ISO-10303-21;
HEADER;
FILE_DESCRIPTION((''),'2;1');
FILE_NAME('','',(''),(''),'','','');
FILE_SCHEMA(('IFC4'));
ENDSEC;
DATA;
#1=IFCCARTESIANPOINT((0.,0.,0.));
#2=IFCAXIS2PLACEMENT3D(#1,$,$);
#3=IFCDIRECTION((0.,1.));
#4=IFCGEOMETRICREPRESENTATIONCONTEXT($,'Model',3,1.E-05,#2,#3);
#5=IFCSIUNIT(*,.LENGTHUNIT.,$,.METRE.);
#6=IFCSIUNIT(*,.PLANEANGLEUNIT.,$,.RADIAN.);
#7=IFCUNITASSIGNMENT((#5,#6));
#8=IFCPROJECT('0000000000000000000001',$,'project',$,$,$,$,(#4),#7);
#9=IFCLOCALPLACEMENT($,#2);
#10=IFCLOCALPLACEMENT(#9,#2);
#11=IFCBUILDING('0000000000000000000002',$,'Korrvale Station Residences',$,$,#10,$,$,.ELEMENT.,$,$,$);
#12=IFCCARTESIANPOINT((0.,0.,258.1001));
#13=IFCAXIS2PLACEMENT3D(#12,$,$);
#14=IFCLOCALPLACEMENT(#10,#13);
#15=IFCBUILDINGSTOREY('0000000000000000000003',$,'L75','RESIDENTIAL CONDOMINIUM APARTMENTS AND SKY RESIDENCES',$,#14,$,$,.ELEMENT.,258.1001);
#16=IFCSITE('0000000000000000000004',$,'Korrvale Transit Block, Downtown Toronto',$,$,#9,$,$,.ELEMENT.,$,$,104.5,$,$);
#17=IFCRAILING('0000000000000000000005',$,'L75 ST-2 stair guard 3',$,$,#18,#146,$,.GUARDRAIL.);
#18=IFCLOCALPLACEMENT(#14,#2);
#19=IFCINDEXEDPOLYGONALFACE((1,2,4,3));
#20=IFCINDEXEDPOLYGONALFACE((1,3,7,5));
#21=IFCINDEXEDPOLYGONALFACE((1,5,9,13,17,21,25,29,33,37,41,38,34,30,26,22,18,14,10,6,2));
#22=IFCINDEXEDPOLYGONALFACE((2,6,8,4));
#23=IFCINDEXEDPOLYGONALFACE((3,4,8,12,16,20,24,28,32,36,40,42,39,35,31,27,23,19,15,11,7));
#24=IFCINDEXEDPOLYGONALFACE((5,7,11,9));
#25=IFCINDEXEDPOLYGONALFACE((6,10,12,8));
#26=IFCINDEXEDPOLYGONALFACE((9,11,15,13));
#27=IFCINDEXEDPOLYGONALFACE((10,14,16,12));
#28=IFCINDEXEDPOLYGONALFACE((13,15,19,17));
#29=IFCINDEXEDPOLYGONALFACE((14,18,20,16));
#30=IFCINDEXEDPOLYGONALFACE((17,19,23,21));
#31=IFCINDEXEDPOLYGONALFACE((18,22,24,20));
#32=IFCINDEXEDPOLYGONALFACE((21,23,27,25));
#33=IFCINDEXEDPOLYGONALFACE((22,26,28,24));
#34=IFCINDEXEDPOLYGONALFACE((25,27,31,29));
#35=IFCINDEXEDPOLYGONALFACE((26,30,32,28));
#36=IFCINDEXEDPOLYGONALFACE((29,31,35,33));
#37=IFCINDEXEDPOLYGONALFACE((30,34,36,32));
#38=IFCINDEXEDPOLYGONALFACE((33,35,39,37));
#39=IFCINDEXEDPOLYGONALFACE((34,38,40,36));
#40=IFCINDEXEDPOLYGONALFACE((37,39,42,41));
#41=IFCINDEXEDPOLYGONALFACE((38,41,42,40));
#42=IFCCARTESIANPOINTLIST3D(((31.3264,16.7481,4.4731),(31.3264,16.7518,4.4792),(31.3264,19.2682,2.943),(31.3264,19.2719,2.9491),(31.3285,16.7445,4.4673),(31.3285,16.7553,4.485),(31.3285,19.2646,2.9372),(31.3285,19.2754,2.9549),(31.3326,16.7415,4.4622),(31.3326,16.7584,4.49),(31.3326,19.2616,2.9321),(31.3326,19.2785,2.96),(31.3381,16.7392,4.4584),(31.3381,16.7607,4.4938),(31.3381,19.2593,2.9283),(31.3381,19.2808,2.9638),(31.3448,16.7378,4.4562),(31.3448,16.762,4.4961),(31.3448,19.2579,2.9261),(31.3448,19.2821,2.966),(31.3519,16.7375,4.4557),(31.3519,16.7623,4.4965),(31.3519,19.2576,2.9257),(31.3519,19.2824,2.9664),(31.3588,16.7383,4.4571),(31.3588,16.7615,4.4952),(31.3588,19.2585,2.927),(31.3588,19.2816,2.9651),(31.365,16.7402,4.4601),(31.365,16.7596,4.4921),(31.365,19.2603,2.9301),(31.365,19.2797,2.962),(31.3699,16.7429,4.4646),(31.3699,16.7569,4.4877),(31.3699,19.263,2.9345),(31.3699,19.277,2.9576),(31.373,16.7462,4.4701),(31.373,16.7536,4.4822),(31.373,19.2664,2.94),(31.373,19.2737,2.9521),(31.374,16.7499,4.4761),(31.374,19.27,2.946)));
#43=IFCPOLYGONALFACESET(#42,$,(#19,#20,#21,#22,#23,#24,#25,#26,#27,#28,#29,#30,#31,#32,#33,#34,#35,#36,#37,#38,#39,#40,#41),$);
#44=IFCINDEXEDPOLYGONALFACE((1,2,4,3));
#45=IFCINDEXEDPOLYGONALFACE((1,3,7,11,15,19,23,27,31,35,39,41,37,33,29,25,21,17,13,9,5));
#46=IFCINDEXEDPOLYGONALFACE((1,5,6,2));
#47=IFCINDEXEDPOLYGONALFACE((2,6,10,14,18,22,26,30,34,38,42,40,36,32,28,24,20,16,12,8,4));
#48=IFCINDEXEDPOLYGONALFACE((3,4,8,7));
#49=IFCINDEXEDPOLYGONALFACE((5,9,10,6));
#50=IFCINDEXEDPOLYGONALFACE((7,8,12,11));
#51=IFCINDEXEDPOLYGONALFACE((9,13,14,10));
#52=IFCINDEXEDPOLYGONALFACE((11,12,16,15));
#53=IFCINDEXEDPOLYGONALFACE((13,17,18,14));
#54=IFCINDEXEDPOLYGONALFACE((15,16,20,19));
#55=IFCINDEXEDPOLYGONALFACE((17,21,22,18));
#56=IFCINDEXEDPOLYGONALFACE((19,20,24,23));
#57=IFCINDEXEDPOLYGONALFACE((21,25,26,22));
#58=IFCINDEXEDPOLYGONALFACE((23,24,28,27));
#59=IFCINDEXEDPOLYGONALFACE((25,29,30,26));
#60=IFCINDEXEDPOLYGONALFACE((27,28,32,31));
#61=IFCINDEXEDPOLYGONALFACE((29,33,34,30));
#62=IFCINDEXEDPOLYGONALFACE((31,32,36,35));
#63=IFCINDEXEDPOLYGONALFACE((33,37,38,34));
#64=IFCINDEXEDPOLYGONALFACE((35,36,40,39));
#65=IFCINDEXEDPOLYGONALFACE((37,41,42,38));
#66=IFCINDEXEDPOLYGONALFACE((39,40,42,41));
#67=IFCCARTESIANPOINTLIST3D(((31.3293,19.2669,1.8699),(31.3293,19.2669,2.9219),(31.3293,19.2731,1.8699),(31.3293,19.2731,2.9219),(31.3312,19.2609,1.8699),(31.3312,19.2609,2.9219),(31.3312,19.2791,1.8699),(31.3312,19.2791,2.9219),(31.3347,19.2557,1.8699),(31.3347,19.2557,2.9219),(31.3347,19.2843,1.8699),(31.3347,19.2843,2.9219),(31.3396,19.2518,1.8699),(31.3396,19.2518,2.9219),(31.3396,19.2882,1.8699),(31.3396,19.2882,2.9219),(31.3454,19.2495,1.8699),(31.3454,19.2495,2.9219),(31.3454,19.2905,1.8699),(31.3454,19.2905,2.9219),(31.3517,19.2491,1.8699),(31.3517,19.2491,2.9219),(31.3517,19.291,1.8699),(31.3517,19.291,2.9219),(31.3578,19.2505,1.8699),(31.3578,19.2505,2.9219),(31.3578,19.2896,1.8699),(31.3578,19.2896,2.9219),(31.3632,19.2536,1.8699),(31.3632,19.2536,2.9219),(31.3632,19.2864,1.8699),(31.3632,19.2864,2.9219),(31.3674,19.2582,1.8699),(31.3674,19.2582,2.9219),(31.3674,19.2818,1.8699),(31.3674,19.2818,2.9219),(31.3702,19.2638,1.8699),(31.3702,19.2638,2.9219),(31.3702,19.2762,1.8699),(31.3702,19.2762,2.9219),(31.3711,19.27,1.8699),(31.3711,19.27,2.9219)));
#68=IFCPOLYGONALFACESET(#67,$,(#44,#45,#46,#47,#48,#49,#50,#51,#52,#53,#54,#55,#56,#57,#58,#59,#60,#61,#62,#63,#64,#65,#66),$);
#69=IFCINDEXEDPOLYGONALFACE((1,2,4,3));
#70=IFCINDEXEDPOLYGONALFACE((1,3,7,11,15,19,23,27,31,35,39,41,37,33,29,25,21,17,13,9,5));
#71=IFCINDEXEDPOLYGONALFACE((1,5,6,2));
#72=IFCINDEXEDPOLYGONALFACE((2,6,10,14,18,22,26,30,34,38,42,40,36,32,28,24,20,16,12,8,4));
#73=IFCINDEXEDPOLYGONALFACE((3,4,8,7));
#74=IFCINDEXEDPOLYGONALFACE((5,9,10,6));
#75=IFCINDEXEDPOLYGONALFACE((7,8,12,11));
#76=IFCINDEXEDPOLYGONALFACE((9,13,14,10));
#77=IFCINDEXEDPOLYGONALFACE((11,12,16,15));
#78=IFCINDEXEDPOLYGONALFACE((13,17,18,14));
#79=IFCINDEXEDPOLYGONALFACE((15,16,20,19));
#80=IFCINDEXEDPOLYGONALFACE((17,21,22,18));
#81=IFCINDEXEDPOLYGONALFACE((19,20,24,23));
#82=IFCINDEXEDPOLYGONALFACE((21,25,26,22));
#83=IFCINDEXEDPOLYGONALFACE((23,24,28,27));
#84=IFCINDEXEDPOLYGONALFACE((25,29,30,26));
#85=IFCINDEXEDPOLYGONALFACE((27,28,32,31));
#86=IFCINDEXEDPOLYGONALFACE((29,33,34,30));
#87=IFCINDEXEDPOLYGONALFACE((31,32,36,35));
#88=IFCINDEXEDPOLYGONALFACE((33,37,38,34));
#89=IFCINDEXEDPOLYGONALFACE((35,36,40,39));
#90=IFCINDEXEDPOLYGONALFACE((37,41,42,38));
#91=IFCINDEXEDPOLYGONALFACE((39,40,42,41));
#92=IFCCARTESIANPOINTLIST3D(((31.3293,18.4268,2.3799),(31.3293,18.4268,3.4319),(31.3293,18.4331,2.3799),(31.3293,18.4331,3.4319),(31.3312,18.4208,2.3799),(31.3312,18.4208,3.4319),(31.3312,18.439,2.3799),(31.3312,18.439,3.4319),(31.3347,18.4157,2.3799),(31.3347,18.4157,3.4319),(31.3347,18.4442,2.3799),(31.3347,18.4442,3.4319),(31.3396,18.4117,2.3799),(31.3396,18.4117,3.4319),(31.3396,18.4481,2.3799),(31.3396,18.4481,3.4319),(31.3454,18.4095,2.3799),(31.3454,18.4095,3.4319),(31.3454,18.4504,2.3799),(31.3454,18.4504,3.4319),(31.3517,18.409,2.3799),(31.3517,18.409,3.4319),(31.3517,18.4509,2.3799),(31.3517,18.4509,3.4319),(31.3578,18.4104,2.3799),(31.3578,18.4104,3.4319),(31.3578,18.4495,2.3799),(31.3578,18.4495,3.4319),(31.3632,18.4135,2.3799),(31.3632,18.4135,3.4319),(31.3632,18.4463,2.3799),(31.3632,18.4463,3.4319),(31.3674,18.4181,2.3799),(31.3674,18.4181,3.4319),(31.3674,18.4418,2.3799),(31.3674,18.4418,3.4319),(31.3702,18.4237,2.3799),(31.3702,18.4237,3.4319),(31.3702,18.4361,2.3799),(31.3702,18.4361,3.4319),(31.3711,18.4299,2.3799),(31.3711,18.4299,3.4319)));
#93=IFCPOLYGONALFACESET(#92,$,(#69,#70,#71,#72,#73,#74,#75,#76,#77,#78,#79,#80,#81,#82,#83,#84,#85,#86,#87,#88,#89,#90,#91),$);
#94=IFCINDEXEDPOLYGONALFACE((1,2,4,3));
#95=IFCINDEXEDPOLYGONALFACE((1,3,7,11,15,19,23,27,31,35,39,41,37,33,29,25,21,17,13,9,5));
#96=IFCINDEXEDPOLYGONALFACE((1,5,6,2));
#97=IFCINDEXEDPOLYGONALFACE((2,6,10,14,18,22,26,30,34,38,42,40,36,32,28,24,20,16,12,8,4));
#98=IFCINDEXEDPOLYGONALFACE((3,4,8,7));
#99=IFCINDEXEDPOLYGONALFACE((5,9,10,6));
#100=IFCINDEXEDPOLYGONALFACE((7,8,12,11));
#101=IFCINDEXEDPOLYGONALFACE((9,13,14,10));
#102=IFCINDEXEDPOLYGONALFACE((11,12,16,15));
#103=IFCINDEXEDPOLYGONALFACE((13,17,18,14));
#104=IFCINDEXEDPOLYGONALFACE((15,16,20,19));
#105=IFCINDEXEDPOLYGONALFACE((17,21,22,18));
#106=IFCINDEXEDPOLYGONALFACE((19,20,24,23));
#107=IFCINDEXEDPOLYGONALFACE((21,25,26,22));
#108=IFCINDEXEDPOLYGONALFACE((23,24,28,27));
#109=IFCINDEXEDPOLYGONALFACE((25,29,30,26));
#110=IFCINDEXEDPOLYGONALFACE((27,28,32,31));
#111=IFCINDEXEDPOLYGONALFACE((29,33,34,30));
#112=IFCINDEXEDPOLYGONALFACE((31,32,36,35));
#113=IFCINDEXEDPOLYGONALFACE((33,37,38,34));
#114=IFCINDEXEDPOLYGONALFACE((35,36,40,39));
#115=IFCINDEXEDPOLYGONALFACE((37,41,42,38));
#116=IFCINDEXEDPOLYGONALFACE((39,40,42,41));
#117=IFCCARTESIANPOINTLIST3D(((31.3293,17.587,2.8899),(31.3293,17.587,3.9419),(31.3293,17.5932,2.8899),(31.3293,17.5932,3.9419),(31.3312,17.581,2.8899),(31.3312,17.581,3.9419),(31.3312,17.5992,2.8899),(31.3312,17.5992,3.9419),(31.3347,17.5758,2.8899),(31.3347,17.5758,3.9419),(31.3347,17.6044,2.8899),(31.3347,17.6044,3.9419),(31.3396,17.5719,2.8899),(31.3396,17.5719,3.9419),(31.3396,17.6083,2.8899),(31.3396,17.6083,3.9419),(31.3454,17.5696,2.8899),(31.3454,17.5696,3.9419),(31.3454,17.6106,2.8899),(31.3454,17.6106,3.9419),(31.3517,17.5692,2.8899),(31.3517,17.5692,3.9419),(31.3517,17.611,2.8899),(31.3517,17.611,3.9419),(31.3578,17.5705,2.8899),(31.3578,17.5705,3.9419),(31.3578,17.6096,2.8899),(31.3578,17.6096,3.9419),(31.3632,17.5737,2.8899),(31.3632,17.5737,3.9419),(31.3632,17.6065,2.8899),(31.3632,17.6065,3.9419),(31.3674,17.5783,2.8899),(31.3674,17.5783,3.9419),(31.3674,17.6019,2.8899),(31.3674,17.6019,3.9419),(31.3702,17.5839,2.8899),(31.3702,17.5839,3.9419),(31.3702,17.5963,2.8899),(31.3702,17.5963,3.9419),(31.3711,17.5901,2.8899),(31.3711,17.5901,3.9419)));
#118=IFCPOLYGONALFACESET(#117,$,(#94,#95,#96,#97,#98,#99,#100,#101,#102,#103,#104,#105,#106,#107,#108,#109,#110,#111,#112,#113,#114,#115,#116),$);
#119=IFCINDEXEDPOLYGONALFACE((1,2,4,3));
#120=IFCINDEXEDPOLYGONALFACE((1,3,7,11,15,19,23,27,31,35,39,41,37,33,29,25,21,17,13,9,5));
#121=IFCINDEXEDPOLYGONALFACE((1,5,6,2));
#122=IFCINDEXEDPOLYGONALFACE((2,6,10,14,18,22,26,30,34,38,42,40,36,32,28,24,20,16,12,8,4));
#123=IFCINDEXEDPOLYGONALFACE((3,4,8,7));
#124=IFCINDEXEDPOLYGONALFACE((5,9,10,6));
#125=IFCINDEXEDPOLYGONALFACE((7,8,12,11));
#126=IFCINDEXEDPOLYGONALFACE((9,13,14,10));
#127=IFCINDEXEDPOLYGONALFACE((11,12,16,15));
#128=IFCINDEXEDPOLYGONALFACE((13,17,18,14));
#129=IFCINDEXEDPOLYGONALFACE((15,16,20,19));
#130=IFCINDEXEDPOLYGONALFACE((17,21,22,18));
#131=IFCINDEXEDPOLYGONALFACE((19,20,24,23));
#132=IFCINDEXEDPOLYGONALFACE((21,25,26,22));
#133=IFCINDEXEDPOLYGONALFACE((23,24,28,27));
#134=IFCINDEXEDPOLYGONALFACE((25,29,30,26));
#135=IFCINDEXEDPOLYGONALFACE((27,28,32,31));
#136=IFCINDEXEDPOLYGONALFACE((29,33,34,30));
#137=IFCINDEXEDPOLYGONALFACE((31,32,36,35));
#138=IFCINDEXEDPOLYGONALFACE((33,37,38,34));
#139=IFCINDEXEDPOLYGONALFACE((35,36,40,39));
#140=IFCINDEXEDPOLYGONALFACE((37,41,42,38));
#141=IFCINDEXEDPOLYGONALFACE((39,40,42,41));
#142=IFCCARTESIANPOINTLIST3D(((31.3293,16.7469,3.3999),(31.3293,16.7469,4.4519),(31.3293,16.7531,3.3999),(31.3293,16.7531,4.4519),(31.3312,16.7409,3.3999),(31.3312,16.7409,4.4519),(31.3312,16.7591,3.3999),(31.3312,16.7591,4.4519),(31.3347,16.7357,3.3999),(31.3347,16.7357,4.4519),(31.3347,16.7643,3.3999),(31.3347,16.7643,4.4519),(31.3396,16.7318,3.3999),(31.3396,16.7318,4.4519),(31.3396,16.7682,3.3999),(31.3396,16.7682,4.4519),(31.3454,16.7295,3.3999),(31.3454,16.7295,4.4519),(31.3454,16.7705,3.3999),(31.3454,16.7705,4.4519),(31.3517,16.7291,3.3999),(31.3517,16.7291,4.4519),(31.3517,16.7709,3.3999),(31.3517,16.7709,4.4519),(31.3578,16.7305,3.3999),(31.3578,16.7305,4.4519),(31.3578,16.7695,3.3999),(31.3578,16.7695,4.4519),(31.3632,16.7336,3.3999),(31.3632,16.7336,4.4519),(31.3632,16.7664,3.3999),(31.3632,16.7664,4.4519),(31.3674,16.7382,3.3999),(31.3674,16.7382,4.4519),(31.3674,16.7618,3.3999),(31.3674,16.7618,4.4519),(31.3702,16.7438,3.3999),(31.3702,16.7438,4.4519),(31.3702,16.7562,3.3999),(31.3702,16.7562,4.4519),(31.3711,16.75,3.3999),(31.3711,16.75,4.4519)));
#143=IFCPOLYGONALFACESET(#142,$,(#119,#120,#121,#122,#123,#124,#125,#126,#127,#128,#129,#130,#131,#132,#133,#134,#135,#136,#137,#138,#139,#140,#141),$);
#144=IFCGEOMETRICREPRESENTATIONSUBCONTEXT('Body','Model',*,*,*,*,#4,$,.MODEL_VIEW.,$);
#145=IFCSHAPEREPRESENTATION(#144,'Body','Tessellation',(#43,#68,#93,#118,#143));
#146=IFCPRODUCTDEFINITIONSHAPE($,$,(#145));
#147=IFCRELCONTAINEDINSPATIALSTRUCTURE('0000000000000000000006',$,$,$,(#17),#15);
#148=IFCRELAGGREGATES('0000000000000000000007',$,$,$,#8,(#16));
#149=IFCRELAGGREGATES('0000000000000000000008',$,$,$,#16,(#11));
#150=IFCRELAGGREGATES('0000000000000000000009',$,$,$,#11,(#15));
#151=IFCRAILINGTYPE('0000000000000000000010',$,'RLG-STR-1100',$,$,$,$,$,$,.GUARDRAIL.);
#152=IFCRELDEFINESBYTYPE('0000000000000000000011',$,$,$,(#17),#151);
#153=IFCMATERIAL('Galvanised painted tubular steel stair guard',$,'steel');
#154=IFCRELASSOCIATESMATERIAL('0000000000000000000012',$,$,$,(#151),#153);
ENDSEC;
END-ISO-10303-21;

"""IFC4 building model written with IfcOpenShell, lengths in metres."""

from ifc_helpers import new_model, si_unit, direction, frame, origin, origin_2d, place, context, subcontext, project, spatial, circle, extrude, material, type_object, element, save


model = new_model("IFC4")

# Units and contexts
model_context = context("Model", 3, precision=1e-05, world=origin(), true_north=direction((0.0, 1.0)))
body_context = subcontext(model_context, "Body", "Model", "MODEL_VIEW")
ifc_project = project(units=[si_unit("LENGTHUNIT", "METRE"), si_unit("PLANEANGLEUNIT", "RADIAN")], contexts=[model_context])

# Site, building, storey
site_placement = place(None, origin())
site = spatial("IfcSite", under=ifc_project, at=site_placement, Name="Korrvale Transit Block, Downtown Toronto", CompositionType="ELEMENT", RefElevation=104.5)
building_placement = place(site_placement, origin())
building = spatial("IfcBuilding", under=site, at=building_placement, Name="Korrvale Station Residences", CompositionType="ELEMENT")
storey_placement = place(building_placement, frame((0.0, 0.0, 258.1001)))
storey = spatial("IfcBuildingStorey", under=building, at=storey_placement, Name="L75", Description="RESIDENTIAL CONDOMINIUM APARTMENTS AND SKY RESIDENCES", CompositionType="ELEMENT", Elevation=258.1001)

# Railing
ifc_material_1 = material(Name="Galvanised painted tubular steel stair guard", Category="steel")
railing_type_1 = type_object("IfcRailingType", Name="RLG-STR-1100", PredefinedType="GUARDRAIL", material=ifc_material_1)
railing_1_placement = place(storey_placement, frame((31.3501, 19.27, 1.8699)))
element("IfcRailing", 1, at=railing_1_placement, inside=storey, type_object=railing_type_1, Name="L75 ST-2 stair guard 3", PredefinedType="GUARDRAIL", context=body_context, shape_type="SweptSolid", body=[
    extrude(circle(Radius=0.0239, at=origin_2d()), frame((0.0, 0.0, 1.0762), z_axis=(0.0, -0.854785, 0.518982), x_axis=(1.0, 0.0, 0.0)), (0.0, 0.0, 1.0), 2.9482),
    extrude(circle(Radius=0.021, at=origin_2d()), origin(), (0.0, 0.0, 1.0), 1.052),
    extrude(circle(Radius=0.021, at=origin_2d()), frame((0.0, -0.8401, 0.51)), (0.0, 0.0, 1.0), 1.052),
    extrude(circle(Radius=0.021, at=origin_2d()), frame((0.0, -1.6799, 1.02)), (0.0, 0.0, 1.0), 1.052),
    extrude(circle(Radius=0.021, at=origin_2d()), frame((0.0, -2.52, 1.53)), (0.0, 0.0, 1.0), 1.052),
])

save(model, "model.ifc")
